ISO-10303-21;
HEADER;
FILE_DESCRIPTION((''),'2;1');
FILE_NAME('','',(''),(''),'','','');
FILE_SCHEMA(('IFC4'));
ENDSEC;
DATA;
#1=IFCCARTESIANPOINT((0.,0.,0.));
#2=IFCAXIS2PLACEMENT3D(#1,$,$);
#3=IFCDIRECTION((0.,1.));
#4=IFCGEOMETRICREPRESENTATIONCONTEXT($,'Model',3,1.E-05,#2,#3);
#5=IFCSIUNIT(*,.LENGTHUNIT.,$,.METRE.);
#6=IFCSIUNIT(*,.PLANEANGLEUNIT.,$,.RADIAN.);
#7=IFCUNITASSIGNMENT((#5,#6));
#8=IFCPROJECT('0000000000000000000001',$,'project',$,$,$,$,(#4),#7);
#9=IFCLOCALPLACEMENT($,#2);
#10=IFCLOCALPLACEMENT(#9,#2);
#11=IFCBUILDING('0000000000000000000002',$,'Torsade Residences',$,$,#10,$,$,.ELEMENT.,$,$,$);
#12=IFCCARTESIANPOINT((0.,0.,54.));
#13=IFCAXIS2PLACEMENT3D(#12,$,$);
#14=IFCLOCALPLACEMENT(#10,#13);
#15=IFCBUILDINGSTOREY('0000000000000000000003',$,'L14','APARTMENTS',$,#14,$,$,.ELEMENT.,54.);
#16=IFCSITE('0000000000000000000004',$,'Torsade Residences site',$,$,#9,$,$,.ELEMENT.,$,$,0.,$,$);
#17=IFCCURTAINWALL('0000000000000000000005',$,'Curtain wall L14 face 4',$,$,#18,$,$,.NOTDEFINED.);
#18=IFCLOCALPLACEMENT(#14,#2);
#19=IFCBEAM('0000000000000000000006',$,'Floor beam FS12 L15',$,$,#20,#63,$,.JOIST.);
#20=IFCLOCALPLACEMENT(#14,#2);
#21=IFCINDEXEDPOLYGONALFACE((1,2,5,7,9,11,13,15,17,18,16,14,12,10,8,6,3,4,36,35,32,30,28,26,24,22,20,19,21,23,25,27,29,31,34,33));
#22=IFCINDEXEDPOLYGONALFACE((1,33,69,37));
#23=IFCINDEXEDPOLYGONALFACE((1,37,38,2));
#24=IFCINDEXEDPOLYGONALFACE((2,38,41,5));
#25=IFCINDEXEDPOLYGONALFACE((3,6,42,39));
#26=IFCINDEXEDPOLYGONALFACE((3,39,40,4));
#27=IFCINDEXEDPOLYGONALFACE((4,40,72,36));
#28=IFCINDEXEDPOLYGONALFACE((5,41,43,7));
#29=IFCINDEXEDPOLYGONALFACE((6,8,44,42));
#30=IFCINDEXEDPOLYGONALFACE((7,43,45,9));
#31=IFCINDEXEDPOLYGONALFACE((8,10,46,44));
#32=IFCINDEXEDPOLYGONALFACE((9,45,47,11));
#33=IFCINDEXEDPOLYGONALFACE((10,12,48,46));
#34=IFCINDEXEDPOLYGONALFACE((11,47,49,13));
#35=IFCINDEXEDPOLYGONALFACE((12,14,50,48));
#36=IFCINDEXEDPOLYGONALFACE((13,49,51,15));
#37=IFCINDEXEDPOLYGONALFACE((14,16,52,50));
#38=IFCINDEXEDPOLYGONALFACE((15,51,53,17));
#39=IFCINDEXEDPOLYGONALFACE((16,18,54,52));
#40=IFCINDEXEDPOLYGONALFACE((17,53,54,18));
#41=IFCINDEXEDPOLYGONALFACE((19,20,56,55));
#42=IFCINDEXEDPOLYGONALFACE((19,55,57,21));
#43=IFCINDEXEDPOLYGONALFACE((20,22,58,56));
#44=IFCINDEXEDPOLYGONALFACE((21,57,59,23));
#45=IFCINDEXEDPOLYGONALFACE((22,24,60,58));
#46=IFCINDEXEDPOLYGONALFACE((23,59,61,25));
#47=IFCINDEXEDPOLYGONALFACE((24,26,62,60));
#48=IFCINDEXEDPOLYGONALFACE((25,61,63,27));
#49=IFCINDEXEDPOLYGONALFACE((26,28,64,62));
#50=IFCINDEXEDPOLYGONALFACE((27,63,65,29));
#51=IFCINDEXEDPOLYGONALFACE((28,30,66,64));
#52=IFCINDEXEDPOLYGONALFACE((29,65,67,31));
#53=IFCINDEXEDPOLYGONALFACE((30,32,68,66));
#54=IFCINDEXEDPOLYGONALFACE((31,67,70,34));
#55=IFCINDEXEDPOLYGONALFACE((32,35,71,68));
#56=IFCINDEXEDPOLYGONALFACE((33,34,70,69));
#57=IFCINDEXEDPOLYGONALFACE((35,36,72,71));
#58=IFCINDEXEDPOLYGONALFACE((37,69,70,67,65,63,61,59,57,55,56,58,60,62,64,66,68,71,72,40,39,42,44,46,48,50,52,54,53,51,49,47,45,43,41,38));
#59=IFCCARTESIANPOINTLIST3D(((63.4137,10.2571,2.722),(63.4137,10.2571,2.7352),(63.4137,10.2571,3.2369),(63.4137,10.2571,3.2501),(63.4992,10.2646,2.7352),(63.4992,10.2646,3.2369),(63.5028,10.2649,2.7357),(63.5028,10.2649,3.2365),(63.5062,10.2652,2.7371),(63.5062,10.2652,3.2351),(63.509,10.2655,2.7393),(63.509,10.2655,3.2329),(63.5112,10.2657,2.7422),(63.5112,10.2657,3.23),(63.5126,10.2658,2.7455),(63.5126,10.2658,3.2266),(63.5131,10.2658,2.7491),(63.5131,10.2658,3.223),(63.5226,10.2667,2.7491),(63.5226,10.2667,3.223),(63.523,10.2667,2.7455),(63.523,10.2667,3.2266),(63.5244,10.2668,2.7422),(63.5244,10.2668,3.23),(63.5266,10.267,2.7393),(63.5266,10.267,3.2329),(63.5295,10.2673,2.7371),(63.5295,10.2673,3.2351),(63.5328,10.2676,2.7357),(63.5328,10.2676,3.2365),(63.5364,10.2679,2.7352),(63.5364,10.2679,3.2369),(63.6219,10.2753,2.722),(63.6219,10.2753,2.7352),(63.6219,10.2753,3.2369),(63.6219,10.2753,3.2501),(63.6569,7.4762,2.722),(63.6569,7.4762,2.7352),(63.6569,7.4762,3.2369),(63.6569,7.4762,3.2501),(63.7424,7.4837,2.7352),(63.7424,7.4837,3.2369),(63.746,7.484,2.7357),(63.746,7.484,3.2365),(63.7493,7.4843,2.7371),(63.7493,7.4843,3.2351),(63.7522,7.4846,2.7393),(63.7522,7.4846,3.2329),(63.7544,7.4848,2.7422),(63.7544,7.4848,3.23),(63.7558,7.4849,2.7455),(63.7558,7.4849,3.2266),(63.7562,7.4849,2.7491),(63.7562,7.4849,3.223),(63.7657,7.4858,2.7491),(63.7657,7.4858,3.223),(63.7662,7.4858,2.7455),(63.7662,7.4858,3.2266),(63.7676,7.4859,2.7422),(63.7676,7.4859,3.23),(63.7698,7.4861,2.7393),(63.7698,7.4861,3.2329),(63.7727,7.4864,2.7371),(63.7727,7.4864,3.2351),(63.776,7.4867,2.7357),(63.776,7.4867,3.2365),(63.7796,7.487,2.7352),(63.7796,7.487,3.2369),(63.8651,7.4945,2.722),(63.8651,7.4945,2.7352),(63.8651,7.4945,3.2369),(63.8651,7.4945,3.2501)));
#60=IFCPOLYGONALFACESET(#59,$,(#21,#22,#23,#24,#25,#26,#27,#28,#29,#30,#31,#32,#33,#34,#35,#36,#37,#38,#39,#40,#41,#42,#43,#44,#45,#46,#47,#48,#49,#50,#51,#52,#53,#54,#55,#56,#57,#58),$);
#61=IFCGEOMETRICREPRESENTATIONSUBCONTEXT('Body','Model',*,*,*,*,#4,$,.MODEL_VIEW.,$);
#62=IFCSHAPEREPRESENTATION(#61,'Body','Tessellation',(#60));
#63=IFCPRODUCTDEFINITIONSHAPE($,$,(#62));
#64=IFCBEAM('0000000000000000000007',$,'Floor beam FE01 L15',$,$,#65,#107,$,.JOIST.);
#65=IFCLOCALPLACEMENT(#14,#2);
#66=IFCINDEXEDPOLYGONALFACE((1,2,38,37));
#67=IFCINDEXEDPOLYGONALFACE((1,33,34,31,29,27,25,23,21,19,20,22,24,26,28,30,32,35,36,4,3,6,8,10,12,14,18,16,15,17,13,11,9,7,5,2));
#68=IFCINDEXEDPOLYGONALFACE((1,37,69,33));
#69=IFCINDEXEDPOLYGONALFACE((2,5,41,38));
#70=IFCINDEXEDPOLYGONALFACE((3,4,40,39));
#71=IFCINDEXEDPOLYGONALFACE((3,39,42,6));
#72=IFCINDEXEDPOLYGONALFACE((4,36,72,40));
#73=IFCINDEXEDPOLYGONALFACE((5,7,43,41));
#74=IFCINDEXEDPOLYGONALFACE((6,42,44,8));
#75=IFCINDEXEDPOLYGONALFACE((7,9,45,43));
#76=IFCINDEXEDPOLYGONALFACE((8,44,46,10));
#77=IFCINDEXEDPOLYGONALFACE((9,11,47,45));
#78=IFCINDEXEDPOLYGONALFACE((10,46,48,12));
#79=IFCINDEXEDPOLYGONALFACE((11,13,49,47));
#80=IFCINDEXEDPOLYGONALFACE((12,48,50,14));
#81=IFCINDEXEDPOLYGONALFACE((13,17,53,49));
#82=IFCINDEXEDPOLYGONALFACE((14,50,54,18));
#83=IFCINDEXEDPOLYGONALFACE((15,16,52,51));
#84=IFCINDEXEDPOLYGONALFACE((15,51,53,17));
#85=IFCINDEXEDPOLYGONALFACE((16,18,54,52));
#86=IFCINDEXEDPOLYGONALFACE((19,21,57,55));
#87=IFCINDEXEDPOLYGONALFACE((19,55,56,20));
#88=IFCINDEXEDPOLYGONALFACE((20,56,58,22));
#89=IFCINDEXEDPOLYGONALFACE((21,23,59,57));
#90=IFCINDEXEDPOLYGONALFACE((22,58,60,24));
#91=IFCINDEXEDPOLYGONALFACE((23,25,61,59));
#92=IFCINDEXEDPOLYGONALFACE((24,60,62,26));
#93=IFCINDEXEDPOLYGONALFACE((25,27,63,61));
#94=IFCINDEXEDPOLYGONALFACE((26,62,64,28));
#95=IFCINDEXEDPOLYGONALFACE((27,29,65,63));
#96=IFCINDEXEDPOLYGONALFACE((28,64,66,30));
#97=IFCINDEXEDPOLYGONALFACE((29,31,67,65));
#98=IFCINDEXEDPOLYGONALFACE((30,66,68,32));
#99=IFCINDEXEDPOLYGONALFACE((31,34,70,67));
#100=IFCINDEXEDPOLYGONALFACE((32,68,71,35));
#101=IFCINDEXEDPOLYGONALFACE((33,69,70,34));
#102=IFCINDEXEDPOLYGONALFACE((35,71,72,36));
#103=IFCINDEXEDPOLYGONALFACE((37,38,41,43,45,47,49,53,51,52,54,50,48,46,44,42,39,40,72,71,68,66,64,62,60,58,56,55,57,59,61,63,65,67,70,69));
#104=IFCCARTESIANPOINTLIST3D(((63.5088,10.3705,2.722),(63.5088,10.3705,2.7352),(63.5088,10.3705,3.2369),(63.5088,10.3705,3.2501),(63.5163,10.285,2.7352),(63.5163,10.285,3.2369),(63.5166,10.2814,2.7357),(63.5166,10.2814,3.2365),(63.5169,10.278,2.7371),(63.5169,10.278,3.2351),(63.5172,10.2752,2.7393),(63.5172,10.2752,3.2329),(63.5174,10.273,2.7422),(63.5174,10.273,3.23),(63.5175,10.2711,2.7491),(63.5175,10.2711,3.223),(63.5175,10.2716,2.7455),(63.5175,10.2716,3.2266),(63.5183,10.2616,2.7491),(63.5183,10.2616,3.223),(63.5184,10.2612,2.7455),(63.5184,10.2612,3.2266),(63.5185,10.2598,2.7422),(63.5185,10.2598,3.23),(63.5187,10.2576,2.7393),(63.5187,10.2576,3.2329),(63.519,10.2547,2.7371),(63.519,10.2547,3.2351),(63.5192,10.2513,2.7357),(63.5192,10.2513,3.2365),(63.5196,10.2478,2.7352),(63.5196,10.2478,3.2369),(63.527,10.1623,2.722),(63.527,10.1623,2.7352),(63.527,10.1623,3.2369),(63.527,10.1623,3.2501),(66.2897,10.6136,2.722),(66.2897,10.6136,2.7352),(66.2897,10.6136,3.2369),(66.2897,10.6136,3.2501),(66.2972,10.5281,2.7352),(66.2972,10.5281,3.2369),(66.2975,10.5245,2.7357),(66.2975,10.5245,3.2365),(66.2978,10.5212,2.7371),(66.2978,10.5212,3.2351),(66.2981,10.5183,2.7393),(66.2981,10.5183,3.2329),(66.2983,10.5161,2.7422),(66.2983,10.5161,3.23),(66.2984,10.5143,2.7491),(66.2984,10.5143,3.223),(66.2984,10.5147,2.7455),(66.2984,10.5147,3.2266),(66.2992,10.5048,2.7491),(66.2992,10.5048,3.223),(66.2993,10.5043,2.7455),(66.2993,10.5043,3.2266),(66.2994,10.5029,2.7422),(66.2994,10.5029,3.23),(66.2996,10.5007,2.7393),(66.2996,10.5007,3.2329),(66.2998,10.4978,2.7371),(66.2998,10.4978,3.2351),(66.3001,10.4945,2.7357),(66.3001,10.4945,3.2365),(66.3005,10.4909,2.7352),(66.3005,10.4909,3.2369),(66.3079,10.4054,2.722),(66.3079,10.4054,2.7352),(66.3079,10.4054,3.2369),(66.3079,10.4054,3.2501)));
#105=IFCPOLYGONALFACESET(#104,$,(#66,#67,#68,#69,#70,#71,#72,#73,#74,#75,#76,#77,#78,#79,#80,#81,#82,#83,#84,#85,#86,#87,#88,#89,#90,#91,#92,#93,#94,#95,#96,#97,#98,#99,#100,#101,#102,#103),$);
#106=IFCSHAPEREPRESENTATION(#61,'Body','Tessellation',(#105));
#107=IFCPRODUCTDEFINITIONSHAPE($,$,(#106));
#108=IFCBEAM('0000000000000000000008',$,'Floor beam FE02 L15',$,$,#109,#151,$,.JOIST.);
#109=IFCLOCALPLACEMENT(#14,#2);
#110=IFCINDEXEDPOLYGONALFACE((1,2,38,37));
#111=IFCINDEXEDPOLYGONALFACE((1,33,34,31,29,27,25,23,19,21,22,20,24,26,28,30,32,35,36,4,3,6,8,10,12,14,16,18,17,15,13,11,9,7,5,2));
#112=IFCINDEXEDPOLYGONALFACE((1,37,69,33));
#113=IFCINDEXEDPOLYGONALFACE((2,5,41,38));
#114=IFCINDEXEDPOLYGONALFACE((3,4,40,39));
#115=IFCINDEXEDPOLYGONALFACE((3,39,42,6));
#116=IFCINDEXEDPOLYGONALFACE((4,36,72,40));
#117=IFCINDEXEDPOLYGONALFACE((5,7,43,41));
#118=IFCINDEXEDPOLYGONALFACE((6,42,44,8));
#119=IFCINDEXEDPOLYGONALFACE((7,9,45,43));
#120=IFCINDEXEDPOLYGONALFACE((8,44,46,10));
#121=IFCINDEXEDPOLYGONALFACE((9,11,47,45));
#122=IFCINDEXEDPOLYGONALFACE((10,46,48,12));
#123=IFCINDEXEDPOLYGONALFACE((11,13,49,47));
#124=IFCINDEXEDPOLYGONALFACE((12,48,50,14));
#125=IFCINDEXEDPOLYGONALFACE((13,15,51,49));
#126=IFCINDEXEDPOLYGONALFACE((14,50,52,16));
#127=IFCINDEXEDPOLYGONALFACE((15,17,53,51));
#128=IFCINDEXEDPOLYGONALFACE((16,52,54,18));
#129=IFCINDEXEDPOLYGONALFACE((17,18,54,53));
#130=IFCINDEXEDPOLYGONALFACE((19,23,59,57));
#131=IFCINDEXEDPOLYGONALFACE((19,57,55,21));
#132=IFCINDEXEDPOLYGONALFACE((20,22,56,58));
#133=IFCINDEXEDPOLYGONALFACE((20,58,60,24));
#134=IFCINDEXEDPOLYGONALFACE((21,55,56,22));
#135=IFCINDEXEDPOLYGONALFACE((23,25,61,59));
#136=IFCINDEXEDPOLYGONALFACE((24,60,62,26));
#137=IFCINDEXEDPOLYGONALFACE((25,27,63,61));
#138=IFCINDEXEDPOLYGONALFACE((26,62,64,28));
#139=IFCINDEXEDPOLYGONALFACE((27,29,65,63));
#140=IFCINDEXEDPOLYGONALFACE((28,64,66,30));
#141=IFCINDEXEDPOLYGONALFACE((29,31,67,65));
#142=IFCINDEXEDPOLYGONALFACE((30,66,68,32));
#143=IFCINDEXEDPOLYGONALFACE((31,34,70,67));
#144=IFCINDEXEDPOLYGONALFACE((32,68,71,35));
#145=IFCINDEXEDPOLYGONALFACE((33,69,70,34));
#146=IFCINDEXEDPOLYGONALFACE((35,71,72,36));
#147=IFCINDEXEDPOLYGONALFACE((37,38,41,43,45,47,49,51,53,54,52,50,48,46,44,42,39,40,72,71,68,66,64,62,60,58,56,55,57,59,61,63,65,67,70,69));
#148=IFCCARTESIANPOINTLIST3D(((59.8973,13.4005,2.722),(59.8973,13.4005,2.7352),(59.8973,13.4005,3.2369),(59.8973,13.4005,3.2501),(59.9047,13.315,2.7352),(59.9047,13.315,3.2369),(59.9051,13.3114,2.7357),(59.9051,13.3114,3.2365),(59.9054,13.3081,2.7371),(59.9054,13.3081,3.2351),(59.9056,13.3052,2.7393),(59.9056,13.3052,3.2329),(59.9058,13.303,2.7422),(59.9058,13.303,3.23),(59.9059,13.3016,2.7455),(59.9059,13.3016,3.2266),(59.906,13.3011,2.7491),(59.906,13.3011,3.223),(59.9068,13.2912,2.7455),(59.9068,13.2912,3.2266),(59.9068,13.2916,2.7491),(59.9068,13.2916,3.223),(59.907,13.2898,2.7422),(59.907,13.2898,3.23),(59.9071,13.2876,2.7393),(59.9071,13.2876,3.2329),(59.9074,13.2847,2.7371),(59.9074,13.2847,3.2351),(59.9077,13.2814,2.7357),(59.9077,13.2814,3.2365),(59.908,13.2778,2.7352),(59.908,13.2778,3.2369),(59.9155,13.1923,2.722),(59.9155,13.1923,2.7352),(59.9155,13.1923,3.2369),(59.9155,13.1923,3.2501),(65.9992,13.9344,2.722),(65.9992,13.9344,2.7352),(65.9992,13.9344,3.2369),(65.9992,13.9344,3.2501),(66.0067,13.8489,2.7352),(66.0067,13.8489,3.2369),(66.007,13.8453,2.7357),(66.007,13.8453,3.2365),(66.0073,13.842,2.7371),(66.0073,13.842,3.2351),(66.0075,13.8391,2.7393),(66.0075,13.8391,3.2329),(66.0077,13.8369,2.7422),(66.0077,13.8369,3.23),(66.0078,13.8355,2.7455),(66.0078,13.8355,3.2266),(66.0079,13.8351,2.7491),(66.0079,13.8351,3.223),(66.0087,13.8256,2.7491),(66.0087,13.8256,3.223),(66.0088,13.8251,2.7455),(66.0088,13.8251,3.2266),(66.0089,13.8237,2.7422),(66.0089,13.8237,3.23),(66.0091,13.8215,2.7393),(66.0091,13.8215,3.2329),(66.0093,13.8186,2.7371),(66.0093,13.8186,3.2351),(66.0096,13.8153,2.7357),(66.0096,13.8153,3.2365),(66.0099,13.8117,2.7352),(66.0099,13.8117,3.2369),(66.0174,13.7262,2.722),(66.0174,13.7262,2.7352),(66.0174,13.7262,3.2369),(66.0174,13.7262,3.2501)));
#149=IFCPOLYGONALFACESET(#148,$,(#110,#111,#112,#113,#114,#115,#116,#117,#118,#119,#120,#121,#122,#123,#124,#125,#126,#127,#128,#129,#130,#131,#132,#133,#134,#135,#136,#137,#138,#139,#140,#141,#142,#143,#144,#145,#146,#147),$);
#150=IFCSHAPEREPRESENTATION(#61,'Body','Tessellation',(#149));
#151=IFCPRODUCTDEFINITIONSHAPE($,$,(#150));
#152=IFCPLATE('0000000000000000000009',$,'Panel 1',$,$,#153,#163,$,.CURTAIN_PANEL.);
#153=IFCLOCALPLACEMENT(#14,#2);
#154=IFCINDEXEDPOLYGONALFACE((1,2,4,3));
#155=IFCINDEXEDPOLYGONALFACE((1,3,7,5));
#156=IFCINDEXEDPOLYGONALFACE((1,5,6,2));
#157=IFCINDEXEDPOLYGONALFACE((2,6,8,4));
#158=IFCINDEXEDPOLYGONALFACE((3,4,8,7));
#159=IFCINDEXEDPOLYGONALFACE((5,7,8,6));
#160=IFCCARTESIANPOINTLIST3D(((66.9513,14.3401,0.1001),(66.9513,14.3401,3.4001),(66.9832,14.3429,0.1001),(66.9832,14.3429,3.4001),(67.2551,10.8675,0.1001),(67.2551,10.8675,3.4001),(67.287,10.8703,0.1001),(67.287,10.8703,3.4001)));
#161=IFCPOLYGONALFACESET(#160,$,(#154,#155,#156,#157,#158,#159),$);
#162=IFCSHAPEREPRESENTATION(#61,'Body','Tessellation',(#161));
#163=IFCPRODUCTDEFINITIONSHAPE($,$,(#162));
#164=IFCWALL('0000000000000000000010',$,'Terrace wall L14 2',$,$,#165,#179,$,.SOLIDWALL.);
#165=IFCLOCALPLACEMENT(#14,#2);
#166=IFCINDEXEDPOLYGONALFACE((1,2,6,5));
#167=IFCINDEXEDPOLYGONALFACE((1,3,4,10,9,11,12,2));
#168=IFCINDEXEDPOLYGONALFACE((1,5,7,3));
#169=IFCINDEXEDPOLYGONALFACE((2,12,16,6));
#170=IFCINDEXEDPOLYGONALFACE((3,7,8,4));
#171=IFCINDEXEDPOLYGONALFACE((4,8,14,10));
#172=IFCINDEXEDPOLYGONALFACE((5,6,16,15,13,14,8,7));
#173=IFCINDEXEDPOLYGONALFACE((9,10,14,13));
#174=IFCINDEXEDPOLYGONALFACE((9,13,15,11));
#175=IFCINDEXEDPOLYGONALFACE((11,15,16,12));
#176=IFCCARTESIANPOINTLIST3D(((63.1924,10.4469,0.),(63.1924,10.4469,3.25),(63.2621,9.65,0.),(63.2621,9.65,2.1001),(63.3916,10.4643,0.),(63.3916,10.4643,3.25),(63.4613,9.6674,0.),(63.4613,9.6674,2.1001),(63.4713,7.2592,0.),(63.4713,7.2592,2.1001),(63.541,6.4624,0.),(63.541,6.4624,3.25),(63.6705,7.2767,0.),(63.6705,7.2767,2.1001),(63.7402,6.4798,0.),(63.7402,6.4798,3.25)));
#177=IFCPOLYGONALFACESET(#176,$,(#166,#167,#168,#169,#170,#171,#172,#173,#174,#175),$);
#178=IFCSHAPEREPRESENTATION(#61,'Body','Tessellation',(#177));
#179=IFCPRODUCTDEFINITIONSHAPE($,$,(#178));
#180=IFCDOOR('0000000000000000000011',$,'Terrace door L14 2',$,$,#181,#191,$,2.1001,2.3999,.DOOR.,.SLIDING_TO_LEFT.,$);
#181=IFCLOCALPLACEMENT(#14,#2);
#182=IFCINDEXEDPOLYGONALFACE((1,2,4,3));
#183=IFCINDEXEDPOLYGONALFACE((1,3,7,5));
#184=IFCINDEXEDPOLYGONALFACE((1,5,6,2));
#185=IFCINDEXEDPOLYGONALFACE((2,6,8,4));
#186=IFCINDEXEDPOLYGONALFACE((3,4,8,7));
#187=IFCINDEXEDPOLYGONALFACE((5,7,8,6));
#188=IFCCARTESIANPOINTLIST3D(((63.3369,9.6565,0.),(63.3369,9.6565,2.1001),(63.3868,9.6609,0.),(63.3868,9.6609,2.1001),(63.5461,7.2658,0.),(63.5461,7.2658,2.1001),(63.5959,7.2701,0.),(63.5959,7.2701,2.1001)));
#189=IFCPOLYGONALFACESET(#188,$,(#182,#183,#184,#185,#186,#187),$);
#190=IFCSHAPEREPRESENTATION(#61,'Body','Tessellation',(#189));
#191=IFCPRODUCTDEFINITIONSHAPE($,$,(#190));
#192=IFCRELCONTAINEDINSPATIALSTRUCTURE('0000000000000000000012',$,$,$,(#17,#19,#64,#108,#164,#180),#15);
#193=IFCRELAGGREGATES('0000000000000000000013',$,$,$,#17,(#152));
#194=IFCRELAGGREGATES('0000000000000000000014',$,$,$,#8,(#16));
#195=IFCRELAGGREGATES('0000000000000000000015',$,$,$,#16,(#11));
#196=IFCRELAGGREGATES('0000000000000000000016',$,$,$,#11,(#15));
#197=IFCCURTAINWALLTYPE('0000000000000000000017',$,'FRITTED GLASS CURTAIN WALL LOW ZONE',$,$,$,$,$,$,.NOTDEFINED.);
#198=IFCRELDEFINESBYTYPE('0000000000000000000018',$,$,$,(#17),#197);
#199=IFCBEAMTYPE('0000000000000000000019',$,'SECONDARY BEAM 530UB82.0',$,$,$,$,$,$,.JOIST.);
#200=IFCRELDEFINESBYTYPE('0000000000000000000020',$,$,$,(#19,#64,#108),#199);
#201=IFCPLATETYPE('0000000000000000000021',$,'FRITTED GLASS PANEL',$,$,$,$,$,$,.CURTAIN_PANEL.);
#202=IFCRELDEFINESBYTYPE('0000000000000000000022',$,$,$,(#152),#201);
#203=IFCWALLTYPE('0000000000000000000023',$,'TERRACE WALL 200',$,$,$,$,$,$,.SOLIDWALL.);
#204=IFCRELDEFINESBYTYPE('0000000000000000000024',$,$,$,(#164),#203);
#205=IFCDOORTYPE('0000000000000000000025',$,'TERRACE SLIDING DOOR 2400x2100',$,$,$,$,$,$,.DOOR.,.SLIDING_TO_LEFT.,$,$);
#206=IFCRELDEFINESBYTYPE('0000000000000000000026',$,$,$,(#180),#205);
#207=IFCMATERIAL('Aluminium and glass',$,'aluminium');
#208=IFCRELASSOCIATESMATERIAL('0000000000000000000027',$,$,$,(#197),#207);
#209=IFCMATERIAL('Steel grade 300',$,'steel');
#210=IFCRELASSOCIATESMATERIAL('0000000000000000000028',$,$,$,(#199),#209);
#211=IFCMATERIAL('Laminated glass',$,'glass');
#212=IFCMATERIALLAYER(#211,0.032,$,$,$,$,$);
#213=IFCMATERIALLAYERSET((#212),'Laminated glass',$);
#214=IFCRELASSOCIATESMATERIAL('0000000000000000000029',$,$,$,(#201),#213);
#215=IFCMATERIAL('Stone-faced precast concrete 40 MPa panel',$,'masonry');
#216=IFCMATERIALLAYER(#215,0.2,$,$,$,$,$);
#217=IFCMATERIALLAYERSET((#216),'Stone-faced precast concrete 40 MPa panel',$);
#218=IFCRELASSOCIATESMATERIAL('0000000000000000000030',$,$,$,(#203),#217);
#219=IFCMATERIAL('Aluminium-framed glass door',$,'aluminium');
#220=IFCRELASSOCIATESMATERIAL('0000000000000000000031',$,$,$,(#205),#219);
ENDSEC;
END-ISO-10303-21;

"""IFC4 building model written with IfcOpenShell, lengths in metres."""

from ifc_helpers import new_model, si_unit, direction, frame, frame_2d, origin, origin_2d, place, context, subcontext, project, spatial, rectangle, i_section, extrude, material, layer, layer_set, material_profile, profile_set, type_object, element, fill, aggregate, save


model = new_model("IFC4")

# Units and contexts
model_context = context("Model", 3, precision=1e-05, world=origin(), true_north=direction((0.0, 1.0)))
body_context = subcontext(model_context, "Body", "Model", "MODEL_VIEW")
ifc_project = project(units=[si_unit("LENGTHUNIT", "METRE"), si_unit("PLANEANGLEUNIT", "RADIAN")], contexts=[model_context])

# Site, building, storey
site_placement = place(None, origin())
site = spatial("IfcSite", under=ifc_project, at=site_placement, Name="Torsade Residences site", CompositionType="ELEMENT", RefElevation=0.0)
building_placement = place(site_placement, origin())
building = spatial("IfcBuilding", under=site, at=building_placement, Name="Torsade Residences", CompositionType="ELEMENT")
storey_placement = place(building_placement, frame((0.0, 0.0, 54.0)))
storey = spatial("IfcBuildingStorey", under=building, at=storey_placement, Name="L14", Description="APARTMENTS", CompositionType="ELEMENT", Elevation=54.0)

# Shared definitions
ifc_material_1 = material(Name="Aluminium and glass", Category="aluminium")
curtain_wall_type = type_object("IfcCurtainWallType", Name="FRITTED GLASS CURTAIN WALL LOW ZONE", PredefinedType="NOTDEFINED", material=ifc_material_1)

# Curtain wall
curtain_wall_1_placement = place(storey_placement, origin())
curtain_wall_1 = element("IfcCurtainWall", 1, at=curtain_wall_1_placement, inside=storey, type_object=curtain_wall_type, Name="Curtain wall L14 face 4", PredefinedType="NOTDEFINED")

# Beams
ifc_material_2 = material(Name="Steel grade 300", Category="steel")
ifc_material_profile_1 = material_profile(ifc_material_2, i_section(OverallWidth=0.209, OverallDepth=0.5281, WebThickness=0.0095, FlangeThickness=0.0132, FilletRadius=0.0139, at=origin_2d()), Name="530UB82.0")
ifc_profile_set_1 = profile_set([ifc_material_profile_1], Name="Steel grade 300")
beam_type_1 = type_object("IfcBeamType", Name="SECONDARY BEAM 530UB82.0", PredefinedType="JOIST", material=ifc_profile_set_1)
for number, where, z_axis, x_axis, name in (
    (2, (63.761, 7.4854, 2.9861), (-0.087105, 0.996199, 0.0), (-0.996199, -0.087105, 0.0), "Floor beam FS12 L15"),
    (3, (66.2988, 10.5095, 2.9861), (-0.996199, -0.087105, 0.0), (0.087105, -0.996199, 0.0), "Floor beam FE01 L15"),
):
    element("IfcBeam", number, at=place(storey_placement, frame(where, z_axis=z_axis, x_axis=x_axis)), inside=storey, type_object=beam_type_1, Name=name, PredefinedType="JOIST", context=body_context, shape_type="SweptSolid", body=[
        extrude(i_section(OverallWidth=0.209, OverallDepth=0.5281, WebThickness=0.0095, FlangeThickness=0.0132, FilletRadius=0.0139, at=origin_2d()), origin(), (0.0, 0.0, 1.0), 2.7915),
    ])
beam_1_placement = place(storey_placement, frame((66.0083, 13.8303, 2.9861), z_axis=(-0.996193, -0.087171, 0.0), x_axis=(0.087171, -0.996193, 0.0)))
element("IfcBeam", 4, at=beam_1_placement, inside=storey, type_object=beam_type_1, Name="Floor beam FE02 L15", PredefinedType="JOIST", context=body_context, shape_type="SweptSolid", body=[
    extrude(i_section(OverallWidth=0.209, OverallDepth=0.5281, WebThickness=0.0095, FlangeThickness=0.0132, FilletRadius=0.0139, at=origin_2d()), origin(), (0.0, 0.0, 1.0), 6.1252),
])

# Plate
ifc_material_3 = material(Name="Laminated glass", Category="glass")
ifc_layer_1 = layer(ifc_material_3, 0.032)
ifc_layer_set_1 = layer_set([ifc_layer_1], Name="Laminated glass")
plate_type = type_object("IfcPlateType", Name="FRITTED GLASS PANEL", PredefinedType="CURTAIN_PANEL", material=ifc_layer_set_1)
plate_placement = place(storey_placement, frame((67.1191, 12.6052, 0.1001), z_axis=(0.0, 0.0, 1.0), x_axis=(-0.087156, 0.996195, 0.0)))
plate = element("IfcPlate", 5, at=plate_placement, type_object=plate_type, Name="Panel 1", PredefinedType="CURTAIN_PANEL", context=body_context, shape_type="SweptSolid", body=[
    extrude(rectangle(XDim=3.4858, YDim=0.032, at=origin_2d()), origin(), (0.0, 0.0, 1.0), 3.3),
])
aggregate(curtain_wall_1, [plate])

# Wall, opening, door
ifc_material_4 = material(Name="Stone-faced precast concrete 40 MPa panel", Category="masonry")
ifc_layer_2 = layer(ifc_material_4, 0.2)
ifc_layer_set_2 = layer_set([ifc_layer_2], Name="Stone-faced precast concrete 40 MPa panel")
wall_type = type_object("IfcWallType", Name="TERRACE WALL 200", PredefinedType="SOLIDWALL", material=ifc_layer_set_2)
wall_1_placement = place(storey_placement, frame((63.6406, 6.4709, 0.0), z_axis=(0.0, 0.0, 1.0), x_axis=(-0.087162, 0.996194, 0.0)))
wall_1 = element("IfcWall", 6, at=wall_1_placement, inside=storey, type_object=wall_type, Name="Terrace wall L14 2", PredefinedType="SOLIDWALL", context=body_context, shape_type="SweptSolid", body=[
    extrude(rectangle(XDim=3.9998, YDim=0.2, at=frame_2d((2.0, 0.0))), origin(), (0.0, 0.0, 1.0), 3.25),
])
opening_1_placement = place(wall_1_placement, frame((0.8, 0.0, 0.0)))
opening_1 = element("IfcOpeningElement", 7, at=opening_1_placement, cuts=wall_1, PredefinedType="OPENING", context=body_context, shape_type="SweptSolid", body=[
    extrude(rectangle(XDim=2.3999, YDim=2.1001, at=frame_2d((1.2, 1.05))), frame((0.0, 0.1099, 0.0), z_axis=(0.0, -1.0, 0.0), x_axis=(1.0, 0.0, 0.0)), (0.0, 0.0, 1.0), 0.22),
])
ifc_material_5 = material(Name="Aluminium-framed glass door", Category="aluminium")
door_type = type_object("IfcDoorType", Name="TERRACE SLIDING DOOR 2400x2100", OperationType="SLIDING_TO_LEFT", PredefinedType="DOOR", material=ifc_material_5)
door_placement = place(opening_1_placement, origin())
door = element("IfcDoor", 8, at=door_placement, inside=storey, type_object=door_type, Name="Terrace door L14 2", OperationType="SLIDING_TO_LEFT", OverallHeight=2.1001, OverallWidth=2.3999, PredefinedType="DOOR", context=body_context, shape_type="SweptSolid", body=[
    extrude(rectangle(XDim=2.3999, YDim=2.1001, at=frame_2d((1.2, 1.05))), frame((0.0, 0.0249, 0.0), z_axis=(0.0, -1.0, 0.0), x_axis=(1.0, 0.0, 0.0)), (0.0, 0.0, 1.0), 0.05),
])
fill(opening_1, door)

save(model, "model.ifc")
